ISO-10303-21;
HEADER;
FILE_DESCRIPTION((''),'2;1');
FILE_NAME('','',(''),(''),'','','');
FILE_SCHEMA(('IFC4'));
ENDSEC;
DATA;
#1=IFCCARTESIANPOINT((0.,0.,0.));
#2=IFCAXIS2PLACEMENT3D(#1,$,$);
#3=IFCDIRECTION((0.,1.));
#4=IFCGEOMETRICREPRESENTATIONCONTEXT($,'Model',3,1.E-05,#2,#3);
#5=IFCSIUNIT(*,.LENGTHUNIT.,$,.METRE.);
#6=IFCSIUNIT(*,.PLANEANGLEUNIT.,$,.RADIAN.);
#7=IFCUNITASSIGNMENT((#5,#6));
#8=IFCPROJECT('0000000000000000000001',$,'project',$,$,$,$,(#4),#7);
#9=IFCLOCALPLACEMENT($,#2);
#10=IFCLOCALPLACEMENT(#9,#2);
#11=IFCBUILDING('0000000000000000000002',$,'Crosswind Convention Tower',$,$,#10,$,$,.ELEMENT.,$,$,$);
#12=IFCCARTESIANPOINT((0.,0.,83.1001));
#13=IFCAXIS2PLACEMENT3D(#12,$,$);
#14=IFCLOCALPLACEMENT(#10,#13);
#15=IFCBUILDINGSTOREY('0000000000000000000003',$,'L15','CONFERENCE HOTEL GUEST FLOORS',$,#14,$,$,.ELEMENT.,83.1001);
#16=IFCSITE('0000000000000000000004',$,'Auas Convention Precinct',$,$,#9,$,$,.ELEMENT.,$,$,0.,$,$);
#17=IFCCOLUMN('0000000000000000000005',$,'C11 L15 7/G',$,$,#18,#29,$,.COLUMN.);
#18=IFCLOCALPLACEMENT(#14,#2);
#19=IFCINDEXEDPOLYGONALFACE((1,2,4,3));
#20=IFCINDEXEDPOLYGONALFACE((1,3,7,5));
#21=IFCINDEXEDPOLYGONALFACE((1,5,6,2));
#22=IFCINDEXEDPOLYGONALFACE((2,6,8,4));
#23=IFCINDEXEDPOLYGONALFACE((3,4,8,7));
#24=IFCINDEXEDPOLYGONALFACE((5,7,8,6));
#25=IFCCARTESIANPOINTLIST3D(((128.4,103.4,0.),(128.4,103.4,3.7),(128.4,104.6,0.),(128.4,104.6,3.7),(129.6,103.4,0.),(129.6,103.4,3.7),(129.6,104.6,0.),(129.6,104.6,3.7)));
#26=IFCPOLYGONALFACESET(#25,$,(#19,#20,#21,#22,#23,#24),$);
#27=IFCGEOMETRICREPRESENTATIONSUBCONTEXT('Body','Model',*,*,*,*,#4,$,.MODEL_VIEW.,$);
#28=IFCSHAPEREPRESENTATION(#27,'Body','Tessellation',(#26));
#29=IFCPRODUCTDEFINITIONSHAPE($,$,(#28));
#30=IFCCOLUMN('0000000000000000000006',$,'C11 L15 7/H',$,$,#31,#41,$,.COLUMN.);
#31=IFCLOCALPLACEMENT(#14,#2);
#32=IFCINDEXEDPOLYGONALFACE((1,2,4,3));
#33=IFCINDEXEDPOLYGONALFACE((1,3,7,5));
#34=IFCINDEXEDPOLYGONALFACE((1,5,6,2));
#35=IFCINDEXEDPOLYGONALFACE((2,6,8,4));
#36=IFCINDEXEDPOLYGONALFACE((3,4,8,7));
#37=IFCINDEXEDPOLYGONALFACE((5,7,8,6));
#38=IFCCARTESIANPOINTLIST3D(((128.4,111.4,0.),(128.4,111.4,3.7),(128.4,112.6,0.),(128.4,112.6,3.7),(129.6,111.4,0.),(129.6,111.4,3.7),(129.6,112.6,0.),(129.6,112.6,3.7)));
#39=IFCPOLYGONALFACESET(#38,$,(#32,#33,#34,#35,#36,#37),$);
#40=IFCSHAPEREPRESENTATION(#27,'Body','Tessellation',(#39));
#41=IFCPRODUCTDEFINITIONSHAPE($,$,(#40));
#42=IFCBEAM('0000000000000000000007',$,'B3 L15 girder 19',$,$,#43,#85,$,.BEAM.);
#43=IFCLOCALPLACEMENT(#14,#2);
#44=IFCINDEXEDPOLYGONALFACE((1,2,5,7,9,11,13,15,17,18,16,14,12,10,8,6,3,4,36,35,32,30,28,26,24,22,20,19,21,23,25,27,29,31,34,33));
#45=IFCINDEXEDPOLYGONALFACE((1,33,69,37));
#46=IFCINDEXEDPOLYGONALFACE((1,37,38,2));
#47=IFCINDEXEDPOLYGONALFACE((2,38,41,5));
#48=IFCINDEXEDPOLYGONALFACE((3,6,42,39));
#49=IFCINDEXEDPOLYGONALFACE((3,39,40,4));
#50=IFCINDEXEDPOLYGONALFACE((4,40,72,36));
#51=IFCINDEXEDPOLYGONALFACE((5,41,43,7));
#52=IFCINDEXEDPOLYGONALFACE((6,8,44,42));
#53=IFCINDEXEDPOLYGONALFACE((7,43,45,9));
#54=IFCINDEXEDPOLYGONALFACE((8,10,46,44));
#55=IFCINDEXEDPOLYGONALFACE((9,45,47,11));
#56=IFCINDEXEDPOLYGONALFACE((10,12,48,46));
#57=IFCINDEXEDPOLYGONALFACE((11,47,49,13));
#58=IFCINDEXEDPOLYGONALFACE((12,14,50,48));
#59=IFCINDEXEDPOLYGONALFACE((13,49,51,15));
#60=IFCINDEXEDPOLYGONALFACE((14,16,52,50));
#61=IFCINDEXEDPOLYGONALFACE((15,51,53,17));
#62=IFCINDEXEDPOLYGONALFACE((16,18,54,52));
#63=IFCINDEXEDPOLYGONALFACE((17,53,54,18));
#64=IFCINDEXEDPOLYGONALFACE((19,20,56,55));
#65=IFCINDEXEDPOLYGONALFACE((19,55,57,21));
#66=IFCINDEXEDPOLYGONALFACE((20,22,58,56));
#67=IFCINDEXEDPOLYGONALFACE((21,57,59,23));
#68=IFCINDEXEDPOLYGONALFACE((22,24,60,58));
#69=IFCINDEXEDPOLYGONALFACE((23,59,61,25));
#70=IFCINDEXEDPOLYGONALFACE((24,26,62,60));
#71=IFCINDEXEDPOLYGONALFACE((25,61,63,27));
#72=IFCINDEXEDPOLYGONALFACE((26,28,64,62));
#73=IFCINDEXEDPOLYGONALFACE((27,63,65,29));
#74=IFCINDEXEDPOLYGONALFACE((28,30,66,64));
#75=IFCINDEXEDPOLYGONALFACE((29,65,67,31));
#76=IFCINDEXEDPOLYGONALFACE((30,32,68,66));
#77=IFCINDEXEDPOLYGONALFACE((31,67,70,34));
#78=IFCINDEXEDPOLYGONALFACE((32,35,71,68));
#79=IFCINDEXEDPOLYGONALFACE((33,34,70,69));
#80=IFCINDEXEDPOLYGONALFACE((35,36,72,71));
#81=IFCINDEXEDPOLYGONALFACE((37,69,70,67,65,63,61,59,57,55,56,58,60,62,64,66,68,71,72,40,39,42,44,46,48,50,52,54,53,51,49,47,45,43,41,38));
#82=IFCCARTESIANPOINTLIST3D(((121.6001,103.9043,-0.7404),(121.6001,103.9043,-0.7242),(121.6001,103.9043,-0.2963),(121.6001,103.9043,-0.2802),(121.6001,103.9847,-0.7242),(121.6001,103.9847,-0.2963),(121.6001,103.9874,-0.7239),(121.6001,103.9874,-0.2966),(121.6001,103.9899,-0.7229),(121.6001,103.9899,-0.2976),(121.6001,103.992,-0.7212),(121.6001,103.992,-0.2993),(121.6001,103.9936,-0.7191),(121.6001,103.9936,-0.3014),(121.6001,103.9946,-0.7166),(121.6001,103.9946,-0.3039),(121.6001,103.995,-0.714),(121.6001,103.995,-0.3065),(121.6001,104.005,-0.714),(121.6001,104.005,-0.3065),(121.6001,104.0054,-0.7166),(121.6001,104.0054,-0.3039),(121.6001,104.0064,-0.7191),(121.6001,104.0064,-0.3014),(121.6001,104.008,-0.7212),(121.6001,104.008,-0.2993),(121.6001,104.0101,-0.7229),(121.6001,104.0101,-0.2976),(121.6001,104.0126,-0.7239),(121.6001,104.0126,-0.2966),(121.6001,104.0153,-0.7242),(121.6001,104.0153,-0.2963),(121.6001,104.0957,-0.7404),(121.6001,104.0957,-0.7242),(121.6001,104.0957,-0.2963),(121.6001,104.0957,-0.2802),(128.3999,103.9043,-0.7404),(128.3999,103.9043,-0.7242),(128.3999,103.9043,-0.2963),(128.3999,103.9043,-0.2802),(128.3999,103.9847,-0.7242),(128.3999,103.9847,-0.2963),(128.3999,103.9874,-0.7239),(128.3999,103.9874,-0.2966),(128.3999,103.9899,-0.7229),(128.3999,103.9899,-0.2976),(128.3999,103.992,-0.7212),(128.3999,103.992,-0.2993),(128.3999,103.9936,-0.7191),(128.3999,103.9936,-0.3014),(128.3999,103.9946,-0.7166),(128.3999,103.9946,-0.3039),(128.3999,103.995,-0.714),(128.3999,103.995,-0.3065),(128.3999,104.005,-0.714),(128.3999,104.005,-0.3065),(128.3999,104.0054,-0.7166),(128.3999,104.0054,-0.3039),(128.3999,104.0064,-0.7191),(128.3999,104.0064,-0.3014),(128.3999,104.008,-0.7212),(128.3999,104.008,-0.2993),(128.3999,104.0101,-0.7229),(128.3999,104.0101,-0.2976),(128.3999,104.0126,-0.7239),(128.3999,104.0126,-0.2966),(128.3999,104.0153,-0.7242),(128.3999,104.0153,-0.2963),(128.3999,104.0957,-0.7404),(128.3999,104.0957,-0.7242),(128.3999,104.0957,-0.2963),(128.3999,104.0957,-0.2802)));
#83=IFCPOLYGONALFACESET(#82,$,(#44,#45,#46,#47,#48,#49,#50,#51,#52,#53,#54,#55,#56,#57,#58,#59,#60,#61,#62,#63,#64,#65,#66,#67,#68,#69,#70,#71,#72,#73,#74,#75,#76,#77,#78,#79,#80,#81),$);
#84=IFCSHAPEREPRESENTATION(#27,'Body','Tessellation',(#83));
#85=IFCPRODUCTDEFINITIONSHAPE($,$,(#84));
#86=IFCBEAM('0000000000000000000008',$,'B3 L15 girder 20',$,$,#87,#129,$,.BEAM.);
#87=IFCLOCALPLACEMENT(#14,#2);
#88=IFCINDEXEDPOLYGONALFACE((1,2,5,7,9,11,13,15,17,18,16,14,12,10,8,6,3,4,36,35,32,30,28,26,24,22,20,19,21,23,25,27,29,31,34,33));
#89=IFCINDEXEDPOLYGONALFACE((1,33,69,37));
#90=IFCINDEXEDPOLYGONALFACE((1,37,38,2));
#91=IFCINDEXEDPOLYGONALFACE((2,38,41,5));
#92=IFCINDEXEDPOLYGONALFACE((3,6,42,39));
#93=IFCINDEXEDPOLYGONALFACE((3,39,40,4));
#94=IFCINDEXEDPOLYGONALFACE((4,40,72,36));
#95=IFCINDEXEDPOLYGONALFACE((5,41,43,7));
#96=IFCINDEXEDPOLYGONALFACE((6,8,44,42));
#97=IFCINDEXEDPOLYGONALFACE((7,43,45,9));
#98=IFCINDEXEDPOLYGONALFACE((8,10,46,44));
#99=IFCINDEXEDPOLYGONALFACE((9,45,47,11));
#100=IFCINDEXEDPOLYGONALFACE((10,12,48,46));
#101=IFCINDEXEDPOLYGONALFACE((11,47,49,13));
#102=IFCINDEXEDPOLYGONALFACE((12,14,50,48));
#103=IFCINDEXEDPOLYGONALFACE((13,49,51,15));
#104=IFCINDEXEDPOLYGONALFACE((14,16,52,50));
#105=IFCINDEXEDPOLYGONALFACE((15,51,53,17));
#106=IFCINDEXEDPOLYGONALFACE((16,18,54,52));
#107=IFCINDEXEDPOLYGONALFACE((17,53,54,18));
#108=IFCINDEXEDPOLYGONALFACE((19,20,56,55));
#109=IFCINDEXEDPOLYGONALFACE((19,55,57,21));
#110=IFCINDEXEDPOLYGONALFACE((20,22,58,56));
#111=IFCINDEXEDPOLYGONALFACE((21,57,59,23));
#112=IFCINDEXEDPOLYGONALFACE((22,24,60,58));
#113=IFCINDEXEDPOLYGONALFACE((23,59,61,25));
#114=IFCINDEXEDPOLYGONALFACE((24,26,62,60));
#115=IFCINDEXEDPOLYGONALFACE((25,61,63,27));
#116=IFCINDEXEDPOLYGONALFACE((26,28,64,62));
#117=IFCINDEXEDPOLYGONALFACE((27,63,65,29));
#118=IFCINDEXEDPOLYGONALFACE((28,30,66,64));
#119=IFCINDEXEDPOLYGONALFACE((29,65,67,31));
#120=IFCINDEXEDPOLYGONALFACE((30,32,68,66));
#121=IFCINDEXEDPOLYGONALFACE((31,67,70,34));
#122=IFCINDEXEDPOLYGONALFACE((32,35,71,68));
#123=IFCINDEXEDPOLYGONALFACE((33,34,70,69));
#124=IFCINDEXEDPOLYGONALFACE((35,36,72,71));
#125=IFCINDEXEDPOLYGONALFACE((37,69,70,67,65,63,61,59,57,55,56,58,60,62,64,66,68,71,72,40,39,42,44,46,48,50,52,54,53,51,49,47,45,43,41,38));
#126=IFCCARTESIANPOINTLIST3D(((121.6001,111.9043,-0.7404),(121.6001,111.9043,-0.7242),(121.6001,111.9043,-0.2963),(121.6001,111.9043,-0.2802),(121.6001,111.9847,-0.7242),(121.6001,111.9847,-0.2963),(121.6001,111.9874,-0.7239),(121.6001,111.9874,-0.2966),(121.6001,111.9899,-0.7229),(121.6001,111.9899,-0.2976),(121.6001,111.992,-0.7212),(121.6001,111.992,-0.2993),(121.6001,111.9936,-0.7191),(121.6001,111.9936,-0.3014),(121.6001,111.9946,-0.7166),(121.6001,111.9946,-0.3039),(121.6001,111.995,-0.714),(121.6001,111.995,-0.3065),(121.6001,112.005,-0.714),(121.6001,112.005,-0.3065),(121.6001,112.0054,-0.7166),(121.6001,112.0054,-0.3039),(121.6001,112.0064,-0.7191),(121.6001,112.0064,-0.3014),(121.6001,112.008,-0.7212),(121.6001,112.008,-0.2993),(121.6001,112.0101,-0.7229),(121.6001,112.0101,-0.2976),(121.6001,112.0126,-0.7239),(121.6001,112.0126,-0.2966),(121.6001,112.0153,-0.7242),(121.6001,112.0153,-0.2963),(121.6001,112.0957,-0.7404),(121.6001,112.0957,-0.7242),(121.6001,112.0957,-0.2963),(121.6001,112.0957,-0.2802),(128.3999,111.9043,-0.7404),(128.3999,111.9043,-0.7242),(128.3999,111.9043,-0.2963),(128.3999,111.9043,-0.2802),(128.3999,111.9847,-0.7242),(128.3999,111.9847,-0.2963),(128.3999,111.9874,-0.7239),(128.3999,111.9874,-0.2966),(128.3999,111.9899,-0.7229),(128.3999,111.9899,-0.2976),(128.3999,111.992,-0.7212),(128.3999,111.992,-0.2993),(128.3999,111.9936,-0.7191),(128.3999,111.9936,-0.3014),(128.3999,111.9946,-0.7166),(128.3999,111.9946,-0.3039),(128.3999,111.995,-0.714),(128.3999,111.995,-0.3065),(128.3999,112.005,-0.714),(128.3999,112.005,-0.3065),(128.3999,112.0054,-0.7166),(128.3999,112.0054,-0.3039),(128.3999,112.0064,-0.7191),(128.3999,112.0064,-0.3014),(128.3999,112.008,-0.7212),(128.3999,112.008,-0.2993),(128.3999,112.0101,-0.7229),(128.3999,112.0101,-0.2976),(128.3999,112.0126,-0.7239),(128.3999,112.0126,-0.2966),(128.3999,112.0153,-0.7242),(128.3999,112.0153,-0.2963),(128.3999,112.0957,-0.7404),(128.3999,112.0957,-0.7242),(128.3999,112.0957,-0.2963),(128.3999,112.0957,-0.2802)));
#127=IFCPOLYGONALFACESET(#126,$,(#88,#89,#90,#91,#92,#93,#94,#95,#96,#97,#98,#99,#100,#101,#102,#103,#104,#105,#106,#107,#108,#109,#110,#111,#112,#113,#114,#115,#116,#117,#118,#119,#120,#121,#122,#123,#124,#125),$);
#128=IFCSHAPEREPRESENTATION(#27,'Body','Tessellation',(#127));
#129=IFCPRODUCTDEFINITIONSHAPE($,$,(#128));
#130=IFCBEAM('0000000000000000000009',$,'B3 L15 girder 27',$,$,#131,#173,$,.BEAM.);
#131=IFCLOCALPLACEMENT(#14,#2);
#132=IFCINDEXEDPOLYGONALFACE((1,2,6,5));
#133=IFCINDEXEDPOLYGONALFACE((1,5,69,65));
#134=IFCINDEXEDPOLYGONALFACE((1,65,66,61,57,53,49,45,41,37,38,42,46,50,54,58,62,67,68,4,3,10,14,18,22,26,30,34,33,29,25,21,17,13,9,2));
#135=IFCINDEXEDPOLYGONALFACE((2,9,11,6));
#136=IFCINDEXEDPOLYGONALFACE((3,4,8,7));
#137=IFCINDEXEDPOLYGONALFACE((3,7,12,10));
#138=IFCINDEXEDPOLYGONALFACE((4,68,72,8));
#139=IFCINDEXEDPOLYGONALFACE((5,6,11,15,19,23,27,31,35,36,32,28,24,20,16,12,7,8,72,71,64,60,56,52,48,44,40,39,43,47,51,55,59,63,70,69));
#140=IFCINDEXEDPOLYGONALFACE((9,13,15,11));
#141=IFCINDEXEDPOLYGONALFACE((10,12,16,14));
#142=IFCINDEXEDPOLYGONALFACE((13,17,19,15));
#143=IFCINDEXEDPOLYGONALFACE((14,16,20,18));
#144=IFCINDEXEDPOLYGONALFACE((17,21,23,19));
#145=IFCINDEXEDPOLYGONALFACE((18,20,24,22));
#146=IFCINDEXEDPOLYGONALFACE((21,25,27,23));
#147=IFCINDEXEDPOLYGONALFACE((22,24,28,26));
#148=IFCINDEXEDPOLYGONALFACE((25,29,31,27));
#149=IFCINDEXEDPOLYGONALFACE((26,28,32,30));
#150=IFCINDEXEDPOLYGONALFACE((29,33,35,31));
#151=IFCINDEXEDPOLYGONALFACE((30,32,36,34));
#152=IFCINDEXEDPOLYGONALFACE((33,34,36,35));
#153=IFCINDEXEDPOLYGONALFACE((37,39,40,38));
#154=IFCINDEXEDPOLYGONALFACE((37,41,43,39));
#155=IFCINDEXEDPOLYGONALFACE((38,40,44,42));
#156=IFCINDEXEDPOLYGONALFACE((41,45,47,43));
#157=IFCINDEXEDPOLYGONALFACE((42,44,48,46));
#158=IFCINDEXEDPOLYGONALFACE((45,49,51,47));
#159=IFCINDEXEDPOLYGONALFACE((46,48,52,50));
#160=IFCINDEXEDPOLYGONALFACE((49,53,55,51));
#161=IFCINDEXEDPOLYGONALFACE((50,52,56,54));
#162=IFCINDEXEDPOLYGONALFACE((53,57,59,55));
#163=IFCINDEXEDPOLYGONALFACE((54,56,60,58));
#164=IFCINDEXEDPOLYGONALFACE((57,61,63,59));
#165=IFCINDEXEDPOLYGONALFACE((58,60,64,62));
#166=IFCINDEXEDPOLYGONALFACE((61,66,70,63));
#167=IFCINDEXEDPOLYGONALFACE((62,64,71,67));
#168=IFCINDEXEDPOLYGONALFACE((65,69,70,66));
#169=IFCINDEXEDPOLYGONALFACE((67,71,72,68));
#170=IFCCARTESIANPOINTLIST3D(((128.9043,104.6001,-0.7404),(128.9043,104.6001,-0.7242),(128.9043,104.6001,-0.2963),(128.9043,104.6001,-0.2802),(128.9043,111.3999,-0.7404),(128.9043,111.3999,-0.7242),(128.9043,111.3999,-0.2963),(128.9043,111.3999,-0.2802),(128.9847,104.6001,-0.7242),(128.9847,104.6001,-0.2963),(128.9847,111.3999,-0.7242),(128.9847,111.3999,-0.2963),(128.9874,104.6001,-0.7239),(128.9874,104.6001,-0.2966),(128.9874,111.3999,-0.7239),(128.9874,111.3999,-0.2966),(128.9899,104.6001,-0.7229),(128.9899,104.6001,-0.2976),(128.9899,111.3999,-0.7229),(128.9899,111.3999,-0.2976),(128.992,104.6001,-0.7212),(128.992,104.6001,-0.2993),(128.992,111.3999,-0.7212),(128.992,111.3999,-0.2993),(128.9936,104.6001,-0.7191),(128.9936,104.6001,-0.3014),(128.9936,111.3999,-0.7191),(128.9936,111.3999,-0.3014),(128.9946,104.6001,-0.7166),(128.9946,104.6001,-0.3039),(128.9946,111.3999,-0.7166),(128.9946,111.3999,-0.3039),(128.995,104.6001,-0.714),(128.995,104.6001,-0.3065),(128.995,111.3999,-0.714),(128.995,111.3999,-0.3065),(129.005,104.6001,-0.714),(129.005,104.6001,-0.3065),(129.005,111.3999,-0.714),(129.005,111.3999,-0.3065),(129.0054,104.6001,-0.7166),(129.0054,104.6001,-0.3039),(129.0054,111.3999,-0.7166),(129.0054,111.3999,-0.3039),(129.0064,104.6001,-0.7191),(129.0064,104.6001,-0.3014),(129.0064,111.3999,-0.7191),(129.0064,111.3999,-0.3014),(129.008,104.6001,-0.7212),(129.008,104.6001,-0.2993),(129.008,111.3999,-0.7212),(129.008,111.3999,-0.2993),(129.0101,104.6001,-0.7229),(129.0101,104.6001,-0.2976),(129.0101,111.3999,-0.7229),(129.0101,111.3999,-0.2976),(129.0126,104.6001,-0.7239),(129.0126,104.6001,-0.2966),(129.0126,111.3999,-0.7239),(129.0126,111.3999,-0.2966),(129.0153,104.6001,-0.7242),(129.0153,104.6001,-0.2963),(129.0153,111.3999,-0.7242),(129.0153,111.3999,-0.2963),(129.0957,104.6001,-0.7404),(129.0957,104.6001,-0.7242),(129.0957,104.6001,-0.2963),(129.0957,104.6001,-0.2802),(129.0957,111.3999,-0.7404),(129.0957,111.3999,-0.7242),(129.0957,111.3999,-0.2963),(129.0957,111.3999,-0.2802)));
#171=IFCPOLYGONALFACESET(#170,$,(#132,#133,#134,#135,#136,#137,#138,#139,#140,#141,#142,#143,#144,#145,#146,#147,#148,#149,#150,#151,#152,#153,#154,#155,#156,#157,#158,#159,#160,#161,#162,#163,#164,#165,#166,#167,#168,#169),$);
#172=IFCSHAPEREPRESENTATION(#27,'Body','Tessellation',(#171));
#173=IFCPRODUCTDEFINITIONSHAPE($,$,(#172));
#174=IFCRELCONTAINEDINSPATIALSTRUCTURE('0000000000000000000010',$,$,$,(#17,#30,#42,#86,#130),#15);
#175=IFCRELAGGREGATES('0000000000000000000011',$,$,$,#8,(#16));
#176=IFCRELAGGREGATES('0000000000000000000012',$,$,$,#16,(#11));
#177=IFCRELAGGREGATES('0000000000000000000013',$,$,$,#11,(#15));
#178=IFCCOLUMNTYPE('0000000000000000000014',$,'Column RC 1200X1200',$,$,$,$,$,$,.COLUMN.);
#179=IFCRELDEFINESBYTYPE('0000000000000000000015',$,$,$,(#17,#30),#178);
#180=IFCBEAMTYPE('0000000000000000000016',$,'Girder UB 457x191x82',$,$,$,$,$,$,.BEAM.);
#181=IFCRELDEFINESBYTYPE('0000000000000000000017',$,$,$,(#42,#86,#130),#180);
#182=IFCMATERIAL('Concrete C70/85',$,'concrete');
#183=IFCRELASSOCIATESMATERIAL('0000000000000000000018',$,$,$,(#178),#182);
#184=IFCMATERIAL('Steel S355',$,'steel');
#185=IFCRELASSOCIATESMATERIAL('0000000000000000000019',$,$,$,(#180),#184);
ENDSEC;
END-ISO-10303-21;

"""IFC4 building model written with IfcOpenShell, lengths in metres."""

from ifc_helpers import new_model, si_unit, direction, frame, origin, origin_2d, place, context, subcontext, project, spatial, rectangle, i_section, extrude, material, material_profile, profile_set, type_object, element, save


model = new_model("IFC4")

# Units and contexts
model_context = context("Model", 3, precision=1e-05, world=origin(), true_north=direction((0.0, 1.0)))
body_context = subcontext(model_context, "Body", "Model", "MODEL_VIEW")
ifc_project = project(units=[si_unit("LENGTHUNIT", "METRE"), si_unit("PLANEANGLEUNIT", "RADIAN")], contexts=[model_context])

# Site, building, storey
site_placement = place(None, origin())
site = spatial("IfcSite", under=ifc_project, at=site_placement, Name="Auas Convention Precinct", CompositionType="ELEMENT", RefElevation=0.0)
building_placement = place(site_placement, origin())
building = spatial("IfcBuilding", under=site, at=building_placement, Name="Crosswind Convention Tower", CompositionType="ELEMENT")
storey_placement = place(building_placement, frame((0.0, 0.0, 83.1001)))
storey = spatial("IfcBuildingStorey", under=building, at=storey_placement, Name="L15", Description="CONFERENCE HOTEL GUEST FLOORS", CompositionType="ELEMENT", Elevation=83.1001)

# Columns
ifc_material_1 = material(Name="Concrete C70/85", Category="concrete")
ifc_material_profile_1 = material_profile(ifc_material_1, rectangle(XDim=1.2, YDim=1.2, at=origin_2d()), Name="RC 1200X1200")
ifc_profile_set_1 = profile_set([ifc_material_profile_1], Name="Concrete C70/85")
column_type = type_object("IfcColumnType", Name="Column RC 1200X1200", PredefinedType="COLUMN", material=ifc_profile_set_1)
for number, where, z_axis, x_axis, name in (
    (1, (129.0, 104.0, 0.0), (0.0, 0.0, 1.0), (1.0, 0.0, 0.0), "C11 L15 7/G"),
    (2, (129.0, 112.0, 0.0), (0.0, 0.0, 1.0), (1.0, 0.0, 0.0), "C11 L15 7/H"),
):
    element("IfcColumn", number, at=place(storey_placement, frame(where, z_axis=z_axis, x_axis=x_axis)), inside=storey, type_object=column_type, Name=name, PredefinedType="COLUMN", context=body_context, shape_type="SweptSolid", body=[
        extrude(rectangle(XDim=1.2, YDim=1.2, at=origin_2d()), origin(), (0.0, 0.0, 1.0), 3.7),
    ])

# Beams
ifc_material_2 = material(Name="Steel S355", Category="steel")
ifc_material_profile_2 = material_profile(ifc_material_2, i_section(OverallWidth=0.1914, OverallDepth=0.4602, WebThickness=0.01, FlangeThickness=0.0161, FilletRadius=0.0103, at=origin_2d()), Name="UB 457x191x82")
ifc_profile_set_2 = profile_set([ifc_material_profile_2], Name="Steel S355")
beam_type_1 = type_object("IfcBeamType", Name="Girder UB 457x191x82", PredefinedType="BEAM", material=ifc_profile_set_2)
for number, where, z_axis, x_axis, name in (
    (3, (121.6001, 104.0, -0.5103), (1.0, 0.0, 0.0), (0.0, 1.0, 0.0), "B3 L15 girder 19"),
    (4, (121.6001, 112.0, -0.5103), (1.0, 0.0, 0.0), (0.0, 1.0, 0.0), "B3 L15 girder 20"),
    (5, (129.0, 104.6001, -0.5103), (0.0, 1.0, 0.0), (-1.0, 0.0, 0.0), "B3 L15 girder 27"),
):
    element("IfcBeam", number, at=place(storey_placement, frame(where, z_axis=z_axis, x_axis=x_axis)), inside=storey, type_object=beam_type_1, Name=name, PredefinedType="BEAM", context=body_context, shape_type="SweptSolid", body=[
        extrude(i_section(OverallWidth=0.1914, OverallDepth=0.4602, WebThickness=0.01, FlangeThickness=0.0161, FilletRadius=0.0103, at=origin_2d()), origin(), (0.0, 0.0, 1.0), 6.7998),
    ])

save(model, "model.ifc")
